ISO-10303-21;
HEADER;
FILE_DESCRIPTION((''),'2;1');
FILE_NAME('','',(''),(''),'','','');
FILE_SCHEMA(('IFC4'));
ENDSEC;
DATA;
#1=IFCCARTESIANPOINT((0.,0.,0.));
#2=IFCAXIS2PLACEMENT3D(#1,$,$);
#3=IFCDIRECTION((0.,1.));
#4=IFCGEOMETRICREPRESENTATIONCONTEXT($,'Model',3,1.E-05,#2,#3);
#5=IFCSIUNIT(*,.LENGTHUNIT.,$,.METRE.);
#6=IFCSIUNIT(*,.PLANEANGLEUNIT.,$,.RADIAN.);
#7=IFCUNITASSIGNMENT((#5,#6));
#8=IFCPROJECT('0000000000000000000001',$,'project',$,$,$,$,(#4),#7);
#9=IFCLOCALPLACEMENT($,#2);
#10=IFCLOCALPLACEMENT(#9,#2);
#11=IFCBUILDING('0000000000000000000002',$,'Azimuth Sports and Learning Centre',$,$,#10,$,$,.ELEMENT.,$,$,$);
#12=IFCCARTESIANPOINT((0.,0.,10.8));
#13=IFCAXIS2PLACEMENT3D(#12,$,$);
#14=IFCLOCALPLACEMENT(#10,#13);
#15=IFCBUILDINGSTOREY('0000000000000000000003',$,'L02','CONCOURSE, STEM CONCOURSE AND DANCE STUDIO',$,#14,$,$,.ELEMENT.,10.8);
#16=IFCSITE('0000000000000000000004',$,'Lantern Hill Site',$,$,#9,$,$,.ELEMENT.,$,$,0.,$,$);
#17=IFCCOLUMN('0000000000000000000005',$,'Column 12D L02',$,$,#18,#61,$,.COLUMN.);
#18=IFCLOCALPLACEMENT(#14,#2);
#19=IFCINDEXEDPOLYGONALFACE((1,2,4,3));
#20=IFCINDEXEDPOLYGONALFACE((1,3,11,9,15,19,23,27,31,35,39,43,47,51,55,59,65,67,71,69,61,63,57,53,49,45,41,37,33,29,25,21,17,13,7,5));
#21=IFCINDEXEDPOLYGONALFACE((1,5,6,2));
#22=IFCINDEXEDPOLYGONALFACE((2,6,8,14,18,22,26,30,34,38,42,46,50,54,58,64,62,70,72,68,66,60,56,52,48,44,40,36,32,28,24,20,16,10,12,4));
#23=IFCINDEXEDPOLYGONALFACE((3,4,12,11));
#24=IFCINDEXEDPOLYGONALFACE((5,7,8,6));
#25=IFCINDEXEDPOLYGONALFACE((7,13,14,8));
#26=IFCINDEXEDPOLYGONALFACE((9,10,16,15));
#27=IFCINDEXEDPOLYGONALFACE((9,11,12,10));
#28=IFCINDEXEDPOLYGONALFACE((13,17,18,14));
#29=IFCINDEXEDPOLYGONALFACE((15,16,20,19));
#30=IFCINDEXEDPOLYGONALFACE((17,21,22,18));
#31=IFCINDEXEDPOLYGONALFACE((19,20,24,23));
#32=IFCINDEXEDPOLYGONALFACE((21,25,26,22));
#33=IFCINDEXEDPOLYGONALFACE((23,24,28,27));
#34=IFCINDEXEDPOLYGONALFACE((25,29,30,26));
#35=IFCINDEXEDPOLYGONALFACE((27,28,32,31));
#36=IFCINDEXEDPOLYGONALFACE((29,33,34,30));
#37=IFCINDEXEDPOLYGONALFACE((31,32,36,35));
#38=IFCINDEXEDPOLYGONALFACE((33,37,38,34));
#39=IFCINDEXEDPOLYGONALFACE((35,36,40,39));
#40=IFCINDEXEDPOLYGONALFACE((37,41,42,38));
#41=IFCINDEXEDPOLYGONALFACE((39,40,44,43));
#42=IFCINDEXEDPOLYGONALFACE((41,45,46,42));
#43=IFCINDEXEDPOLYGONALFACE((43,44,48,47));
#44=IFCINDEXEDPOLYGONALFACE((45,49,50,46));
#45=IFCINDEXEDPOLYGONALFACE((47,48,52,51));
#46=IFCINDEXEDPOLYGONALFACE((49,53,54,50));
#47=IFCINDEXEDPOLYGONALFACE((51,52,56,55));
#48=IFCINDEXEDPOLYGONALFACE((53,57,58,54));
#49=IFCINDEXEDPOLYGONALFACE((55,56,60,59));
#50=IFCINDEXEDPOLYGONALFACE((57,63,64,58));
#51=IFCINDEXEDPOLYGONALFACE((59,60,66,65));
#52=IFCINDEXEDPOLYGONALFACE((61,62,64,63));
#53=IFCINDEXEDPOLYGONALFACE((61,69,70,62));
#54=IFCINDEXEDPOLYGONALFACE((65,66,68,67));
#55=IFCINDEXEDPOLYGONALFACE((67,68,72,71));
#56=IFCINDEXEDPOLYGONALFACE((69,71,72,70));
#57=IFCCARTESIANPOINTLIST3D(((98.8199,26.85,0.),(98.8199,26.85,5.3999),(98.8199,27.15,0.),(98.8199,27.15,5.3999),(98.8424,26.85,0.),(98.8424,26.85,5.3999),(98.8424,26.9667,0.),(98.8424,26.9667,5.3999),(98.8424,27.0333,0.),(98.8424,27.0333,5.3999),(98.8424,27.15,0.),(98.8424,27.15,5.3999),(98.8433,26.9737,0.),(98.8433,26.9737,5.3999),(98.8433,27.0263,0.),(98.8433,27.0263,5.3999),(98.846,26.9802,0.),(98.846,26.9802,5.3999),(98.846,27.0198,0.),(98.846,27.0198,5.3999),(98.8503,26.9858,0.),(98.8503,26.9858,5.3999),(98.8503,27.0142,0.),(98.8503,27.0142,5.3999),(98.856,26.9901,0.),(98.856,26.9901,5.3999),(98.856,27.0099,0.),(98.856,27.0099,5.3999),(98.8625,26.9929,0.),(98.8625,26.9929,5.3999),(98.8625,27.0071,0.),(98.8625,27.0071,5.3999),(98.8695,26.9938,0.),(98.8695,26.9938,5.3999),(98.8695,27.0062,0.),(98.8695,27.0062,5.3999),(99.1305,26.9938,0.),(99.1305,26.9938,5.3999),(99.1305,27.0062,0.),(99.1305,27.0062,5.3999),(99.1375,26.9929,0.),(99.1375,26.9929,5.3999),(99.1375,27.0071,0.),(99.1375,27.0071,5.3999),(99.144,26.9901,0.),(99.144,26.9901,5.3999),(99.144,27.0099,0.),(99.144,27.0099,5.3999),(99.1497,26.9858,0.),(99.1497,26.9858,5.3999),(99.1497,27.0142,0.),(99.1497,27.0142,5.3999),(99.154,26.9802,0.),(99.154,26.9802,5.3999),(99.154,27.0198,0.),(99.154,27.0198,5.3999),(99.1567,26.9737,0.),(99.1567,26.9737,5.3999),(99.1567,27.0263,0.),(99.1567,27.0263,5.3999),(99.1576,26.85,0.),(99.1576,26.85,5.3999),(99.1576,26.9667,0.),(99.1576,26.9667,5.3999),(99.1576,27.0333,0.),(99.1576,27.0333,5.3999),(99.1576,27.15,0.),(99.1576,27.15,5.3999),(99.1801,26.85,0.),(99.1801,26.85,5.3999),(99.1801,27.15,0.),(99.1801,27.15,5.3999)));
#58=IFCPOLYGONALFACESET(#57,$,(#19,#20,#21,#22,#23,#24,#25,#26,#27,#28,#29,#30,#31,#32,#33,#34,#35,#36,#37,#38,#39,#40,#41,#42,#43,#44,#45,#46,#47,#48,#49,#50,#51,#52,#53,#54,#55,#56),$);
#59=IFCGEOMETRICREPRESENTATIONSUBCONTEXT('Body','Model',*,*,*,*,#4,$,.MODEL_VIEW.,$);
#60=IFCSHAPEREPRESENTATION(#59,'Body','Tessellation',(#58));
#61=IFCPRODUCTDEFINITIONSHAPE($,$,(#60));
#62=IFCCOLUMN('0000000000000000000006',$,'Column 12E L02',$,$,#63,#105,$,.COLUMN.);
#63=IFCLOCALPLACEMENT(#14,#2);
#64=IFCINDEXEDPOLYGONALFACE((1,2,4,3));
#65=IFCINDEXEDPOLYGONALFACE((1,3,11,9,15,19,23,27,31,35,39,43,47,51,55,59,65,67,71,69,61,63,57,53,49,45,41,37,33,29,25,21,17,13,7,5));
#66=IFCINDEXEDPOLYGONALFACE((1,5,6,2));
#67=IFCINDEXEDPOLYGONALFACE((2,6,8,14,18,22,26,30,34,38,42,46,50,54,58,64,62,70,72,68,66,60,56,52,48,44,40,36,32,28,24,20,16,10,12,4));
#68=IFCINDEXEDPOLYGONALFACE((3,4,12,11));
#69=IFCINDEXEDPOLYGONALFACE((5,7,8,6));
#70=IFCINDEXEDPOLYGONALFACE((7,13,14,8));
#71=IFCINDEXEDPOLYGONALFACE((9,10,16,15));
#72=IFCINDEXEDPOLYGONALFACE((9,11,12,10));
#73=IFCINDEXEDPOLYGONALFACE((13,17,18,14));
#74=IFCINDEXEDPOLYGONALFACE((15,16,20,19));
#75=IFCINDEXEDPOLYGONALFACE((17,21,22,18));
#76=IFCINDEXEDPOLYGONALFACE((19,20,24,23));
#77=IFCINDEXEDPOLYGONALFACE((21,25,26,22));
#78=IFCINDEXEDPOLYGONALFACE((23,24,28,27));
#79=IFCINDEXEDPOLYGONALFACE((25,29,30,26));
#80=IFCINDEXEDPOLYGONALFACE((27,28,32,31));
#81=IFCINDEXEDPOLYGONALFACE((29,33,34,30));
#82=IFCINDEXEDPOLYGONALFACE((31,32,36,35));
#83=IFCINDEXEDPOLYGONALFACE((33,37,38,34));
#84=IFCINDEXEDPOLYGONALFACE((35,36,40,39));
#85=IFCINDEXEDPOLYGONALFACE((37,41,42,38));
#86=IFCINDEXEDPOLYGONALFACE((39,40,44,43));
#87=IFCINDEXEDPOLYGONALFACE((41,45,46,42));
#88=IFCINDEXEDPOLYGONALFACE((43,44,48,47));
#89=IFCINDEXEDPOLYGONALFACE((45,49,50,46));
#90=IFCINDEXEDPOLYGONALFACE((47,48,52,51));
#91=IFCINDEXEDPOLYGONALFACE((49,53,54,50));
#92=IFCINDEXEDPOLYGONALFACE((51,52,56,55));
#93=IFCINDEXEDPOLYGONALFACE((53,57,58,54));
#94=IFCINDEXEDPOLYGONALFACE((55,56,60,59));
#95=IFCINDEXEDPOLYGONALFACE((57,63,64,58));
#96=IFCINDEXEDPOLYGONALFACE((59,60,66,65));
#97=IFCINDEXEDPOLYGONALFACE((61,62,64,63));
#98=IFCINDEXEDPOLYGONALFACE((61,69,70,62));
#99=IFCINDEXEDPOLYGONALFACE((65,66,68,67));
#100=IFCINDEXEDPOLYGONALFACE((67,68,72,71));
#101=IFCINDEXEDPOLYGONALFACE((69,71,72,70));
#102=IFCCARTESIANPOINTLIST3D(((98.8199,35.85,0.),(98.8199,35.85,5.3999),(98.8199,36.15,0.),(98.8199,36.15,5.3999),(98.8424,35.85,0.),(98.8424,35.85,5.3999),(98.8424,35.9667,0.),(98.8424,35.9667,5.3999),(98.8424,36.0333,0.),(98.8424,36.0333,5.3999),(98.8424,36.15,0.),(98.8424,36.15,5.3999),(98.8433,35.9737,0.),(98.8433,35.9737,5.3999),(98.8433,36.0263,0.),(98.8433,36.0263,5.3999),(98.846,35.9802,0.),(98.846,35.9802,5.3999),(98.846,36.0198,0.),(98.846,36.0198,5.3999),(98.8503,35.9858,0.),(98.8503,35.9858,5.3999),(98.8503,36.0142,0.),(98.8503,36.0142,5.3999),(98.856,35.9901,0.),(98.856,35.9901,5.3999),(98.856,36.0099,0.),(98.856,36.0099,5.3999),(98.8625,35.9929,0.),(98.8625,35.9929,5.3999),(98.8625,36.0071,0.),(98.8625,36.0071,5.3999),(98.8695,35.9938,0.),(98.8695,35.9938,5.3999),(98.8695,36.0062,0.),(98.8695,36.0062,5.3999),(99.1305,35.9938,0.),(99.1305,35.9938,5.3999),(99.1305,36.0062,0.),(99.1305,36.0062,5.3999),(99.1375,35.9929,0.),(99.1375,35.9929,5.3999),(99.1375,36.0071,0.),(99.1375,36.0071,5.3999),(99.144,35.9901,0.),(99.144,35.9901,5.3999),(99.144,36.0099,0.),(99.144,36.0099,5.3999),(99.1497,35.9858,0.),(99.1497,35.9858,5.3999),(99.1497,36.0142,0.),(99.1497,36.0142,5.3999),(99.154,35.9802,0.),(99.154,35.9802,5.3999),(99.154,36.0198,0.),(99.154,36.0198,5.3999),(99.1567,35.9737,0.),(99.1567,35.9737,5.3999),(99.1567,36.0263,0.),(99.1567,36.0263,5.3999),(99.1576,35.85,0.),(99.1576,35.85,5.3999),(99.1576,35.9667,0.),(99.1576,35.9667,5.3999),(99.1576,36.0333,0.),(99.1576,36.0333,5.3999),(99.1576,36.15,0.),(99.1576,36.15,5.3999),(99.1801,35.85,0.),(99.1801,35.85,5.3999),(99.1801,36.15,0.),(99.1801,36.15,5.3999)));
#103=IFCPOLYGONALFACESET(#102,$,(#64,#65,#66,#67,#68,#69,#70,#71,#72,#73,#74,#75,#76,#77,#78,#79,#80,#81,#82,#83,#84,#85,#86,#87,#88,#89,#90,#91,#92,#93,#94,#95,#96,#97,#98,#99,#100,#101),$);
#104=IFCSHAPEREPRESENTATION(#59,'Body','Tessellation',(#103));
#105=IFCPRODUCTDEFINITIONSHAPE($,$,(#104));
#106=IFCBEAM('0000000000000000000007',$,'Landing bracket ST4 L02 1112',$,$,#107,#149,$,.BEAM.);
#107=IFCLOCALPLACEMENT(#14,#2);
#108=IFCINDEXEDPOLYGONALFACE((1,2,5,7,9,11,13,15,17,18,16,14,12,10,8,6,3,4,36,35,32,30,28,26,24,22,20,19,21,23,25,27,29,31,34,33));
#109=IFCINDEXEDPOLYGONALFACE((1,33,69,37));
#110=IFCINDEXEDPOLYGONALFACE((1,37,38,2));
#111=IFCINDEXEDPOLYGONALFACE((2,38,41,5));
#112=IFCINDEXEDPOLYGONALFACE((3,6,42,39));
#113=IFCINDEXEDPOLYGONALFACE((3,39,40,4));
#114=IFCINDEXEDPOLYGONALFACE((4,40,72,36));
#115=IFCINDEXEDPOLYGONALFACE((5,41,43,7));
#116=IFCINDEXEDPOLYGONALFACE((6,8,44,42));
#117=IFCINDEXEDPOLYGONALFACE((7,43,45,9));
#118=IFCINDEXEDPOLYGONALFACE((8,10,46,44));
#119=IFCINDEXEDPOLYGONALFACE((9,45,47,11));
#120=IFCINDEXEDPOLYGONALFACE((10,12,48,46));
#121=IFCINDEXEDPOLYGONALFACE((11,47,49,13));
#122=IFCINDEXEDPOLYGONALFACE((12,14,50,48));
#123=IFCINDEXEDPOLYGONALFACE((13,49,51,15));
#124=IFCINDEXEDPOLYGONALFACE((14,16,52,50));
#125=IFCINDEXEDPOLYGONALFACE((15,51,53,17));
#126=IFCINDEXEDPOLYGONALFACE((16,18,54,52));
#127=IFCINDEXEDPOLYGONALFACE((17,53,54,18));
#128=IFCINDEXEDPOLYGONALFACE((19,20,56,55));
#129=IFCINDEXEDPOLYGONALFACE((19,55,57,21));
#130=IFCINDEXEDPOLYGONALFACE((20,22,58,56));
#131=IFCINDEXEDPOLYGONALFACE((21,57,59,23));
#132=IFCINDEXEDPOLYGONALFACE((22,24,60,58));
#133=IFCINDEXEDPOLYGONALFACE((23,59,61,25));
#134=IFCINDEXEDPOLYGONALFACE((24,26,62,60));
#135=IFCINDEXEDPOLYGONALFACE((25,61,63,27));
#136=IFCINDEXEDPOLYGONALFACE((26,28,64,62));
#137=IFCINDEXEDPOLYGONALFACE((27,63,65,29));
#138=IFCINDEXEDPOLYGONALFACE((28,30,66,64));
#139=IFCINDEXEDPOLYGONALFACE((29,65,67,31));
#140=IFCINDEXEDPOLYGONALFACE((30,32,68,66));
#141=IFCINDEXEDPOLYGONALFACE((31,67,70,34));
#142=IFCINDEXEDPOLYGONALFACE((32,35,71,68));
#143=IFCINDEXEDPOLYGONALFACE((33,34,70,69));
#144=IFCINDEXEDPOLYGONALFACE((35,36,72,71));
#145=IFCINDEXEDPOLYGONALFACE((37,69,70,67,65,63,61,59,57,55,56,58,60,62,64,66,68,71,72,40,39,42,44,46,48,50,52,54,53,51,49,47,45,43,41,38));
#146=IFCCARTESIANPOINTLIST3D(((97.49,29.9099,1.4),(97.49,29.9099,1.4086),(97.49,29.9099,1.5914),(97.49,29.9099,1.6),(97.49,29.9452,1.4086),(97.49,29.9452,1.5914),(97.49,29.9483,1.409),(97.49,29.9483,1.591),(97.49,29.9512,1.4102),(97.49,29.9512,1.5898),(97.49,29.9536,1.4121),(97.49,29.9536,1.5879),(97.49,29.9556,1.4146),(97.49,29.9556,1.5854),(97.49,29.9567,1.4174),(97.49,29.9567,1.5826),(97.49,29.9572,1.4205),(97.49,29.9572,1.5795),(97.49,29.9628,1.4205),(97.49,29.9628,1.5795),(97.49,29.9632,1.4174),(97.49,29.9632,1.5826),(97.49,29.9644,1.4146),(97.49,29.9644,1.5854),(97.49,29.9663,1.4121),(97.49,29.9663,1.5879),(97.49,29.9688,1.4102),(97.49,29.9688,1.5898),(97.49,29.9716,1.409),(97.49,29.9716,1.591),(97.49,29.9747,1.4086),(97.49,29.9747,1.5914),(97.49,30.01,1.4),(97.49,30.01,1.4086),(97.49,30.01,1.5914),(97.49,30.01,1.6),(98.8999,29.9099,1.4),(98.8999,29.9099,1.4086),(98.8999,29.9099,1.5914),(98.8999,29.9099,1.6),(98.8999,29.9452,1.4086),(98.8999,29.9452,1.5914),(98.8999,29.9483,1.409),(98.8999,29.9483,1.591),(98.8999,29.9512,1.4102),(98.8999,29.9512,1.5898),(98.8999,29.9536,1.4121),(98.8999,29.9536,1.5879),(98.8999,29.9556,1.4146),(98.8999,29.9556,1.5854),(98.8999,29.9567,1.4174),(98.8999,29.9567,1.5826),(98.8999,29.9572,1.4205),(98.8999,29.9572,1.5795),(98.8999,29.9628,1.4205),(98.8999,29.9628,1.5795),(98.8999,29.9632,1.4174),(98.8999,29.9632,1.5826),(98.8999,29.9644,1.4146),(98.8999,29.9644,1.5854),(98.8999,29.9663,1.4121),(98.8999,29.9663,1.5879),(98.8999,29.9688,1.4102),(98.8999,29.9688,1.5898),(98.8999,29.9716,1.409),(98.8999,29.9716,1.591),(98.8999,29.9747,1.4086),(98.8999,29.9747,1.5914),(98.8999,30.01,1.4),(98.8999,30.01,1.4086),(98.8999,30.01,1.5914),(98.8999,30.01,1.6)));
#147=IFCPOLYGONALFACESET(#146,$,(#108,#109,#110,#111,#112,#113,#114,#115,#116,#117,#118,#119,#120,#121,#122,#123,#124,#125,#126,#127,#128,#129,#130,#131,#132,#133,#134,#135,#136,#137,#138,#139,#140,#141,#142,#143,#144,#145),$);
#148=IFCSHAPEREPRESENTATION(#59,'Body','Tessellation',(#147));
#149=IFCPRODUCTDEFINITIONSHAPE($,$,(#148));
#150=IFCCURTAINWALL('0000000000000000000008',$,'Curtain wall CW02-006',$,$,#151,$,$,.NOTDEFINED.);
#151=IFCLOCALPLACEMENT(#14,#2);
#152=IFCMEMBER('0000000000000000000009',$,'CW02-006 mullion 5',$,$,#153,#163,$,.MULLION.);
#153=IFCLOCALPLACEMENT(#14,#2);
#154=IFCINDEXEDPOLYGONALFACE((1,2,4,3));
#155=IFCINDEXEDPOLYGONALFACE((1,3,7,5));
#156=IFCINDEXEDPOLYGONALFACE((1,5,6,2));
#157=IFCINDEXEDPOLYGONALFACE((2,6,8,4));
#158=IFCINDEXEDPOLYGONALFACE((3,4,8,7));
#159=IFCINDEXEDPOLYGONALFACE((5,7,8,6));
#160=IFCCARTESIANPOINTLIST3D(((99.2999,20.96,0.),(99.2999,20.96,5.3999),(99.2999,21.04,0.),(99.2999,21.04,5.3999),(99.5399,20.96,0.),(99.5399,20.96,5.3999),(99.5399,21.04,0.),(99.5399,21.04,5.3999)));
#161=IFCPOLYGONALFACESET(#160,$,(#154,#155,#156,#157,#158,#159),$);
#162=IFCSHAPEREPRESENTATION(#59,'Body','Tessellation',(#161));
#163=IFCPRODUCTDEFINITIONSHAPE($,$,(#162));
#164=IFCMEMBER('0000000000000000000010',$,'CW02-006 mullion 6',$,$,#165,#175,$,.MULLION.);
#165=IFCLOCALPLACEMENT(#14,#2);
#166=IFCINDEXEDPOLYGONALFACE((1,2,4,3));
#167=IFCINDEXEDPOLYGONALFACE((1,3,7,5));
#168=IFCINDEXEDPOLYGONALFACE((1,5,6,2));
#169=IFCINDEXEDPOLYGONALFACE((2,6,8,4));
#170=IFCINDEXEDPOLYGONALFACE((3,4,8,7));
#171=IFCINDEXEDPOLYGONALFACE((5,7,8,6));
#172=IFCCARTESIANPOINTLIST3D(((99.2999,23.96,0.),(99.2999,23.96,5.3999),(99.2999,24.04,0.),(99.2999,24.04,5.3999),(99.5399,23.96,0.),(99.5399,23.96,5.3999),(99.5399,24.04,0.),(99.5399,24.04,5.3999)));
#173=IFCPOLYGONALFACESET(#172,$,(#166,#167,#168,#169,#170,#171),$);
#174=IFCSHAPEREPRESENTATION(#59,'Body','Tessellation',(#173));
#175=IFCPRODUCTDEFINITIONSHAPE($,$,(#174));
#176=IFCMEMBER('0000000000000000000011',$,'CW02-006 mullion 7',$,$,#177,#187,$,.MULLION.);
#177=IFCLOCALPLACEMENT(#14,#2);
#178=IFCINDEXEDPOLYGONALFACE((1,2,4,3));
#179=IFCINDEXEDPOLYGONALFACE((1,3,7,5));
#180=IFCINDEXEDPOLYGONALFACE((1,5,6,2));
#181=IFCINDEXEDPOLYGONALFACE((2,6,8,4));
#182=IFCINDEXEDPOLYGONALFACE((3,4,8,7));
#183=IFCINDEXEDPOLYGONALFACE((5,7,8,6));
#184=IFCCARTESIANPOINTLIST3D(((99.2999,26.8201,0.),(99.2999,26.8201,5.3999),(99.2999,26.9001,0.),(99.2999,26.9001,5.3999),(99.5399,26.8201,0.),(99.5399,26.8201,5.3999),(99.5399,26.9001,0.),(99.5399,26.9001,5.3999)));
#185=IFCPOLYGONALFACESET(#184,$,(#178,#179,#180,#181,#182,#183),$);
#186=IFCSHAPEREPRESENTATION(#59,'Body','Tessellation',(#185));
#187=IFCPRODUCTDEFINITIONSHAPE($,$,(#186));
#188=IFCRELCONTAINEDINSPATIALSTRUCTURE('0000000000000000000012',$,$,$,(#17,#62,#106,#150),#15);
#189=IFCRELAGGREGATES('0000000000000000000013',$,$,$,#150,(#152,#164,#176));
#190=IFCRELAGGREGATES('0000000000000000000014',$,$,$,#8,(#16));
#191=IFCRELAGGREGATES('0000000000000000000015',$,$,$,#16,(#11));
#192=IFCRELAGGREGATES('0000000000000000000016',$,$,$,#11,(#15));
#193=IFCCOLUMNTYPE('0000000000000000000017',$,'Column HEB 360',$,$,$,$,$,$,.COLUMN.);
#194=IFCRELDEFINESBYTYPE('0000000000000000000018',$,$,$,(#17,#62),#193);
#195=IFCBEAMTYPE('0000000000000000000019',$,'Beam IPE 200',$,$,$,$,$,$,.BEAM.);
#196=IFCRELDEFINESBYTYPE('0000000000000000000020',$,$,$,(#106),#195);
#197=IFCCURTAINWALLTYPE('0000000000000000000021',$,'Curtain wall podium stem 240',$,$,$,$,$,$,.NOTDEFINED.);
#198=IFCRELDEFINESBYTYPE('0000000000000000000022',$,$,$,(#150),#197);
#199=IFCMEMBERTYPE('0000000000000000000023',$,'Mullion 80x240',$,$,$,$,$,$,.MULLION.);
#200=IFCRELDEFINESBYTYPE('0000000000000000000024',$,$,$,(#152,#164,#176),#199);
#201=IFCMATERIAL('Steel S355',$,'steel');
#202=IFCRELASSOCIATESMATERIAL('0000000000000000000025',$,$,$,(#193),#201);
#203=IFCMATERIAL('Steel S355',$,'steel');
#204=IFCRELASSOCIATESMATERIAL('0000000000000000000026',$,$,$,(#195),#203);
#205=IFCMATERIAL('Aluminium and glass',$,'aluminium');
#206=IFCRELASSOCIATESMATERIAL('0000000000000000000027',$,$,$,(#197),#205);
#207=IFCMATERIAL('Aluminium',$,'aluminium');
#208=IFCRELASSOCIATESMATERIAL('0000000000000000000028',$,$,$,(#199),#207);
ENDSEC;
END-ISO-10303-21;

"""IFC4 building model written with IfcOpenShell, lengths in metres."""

from ifc_helpers import new_model, si_unit, direction, frame, origin, origin_2d, place, context, subcontext, project, spatial, rectangle, i_section, extrude, material, material_profile, profile_set, type_object, element, aggregate, save


model = new_model("IFC4")

# Units and contexts
model_context = context("Model", 3, precision=1e-05, world=origin(), true_north=direction((0.0, 1.0)))
body_context = subcontext(model_context, "Body", "Model", "MODEL_VIEW")
ifc_project = project(units=[si_unit("LENGTHUNIT", "METRE"), si_unit("PLANEANGLEUNIT", "RADIAN")], contexts=[model_context])

# Site, building, storey
site_placement = place(None, origin())
site = spatial("IfcSite", under=ifc_project, at=site_placement, Name="Lantern Hill Site", CompositionType="ELEMENT", RefElevation=0.0)
building_placement = place(site_placement, origin())
building = spatial("IfcBuilding", under=site, at=building_placement, Name="Azimuth Sports and Learning Centre", CompositionType="ELEMENT")
storey_placement = place(building_placement, frame((0.0, 0.0, 10.8)))
storey = spatial("IfcBuildingStorey", under=building, at=storey_placement, Name="L02", Description="CONCOURSE, STEM CONCOURSE AND DANCE STUDIO", CompositionType="ELEMENT", Elevation=10.8)

# Columns
ifc_material_1 = material(Name="Steel S355", Category="steel")
ifc_material_profile_1 = material_profile(ifc_material_1, i_section(OverallWidth=0.3, OverallDepth=0.3601, WebThickness=0.0125, FlangeThickness=0.0225, FilletRadius=0.0271, at=origin_2d()), Name="HEB 360")
ifc_profile_set_1 = profile_set([ifc_material_profile_1], Name="Steel S355")
column_type = type_object("IfcColumnType", Name="Column HEB 360", PredefinedType="COLUMN", material=ifc_profile_set_1)
for number, where, z_axis, x_axis, name in (
    (1, (99.0, 27.0, 0.0), (0.0, 0.0, 1.0), (0.0, 1.0, 0.0), "Column 12D L02"),
    (2, (99.0, 36.0, 0.0), (0.0, 0.0, 1.0), (0.0, 1.0, 0.0), "Column 12E L02"),
):
    element("IfcColumn", number, at=place(storey_placement, frame(where, z_axis=z_axis, x_axis=x_axis)), inside=storey, type_object=column_type, Name=name, PredefinedType="COLUMN", context=body_context, shape_type="SweptSolid", body=[
        extrude(i_section(OverallWidth=0.3, OverallDepth=0.3601, WebThickness=0.0125, FlangeThickness=0.0225, FilletRadius=0.0271, at=origin_2d()), origin(), (0.0, 0.0, 1.0), 5.3999),
    ])

# Beam
ifc_material_2 = material(Name="Steel S355", Category="steel")
ifc_material_profile_2 = material_profile(ifc_material_2, i_section(OverallWidth=0.1001, OverallDepth=0.2, WebThickness=0.0056, FlangeThickness=0.0085, FilletRadius=0.012, at=origin_2d()), Name="IPE 200")
ifc_profile_set_2 = profile_set([ifc_material_profile_2], Name="Steel S355")
beam_type = type_object("IfcBeamType", Name="Beam IPE 200", PredefinedType="BEAM", material=ifc_profile_set_2)
beam_placement = place(storey_placement, frame((98.8999, 29.96, 1.5), z_axis=(-1.0, 0.0, 0.0), x_axis=(0.0, -1.0, 0.0)))
element("IfcBeam", 3, at=beam_placement, inside=storey, type_object=beam_type, Name="Landing bracket ST4 L02 1112", PredefinedType="BEAM", context=body_context, shape_type="SweptSolid", body=[
    extrude(i_section(OverallWidth=0.1001, OverallDepth=0.2, WebThickness=0.0056, FlangeThickness=0.0085, FilletRadius=0.012, at=origin_2d()), origin(), (0.0, 0.0, 1.0), 1.4099),
])

# Curtain wall, members
ifc_material_3 = material(Name="Aluminium and glass", Category="aluminium")
curtain_wall_type = type_object("IfcCurtainWallType", Name="Curtain wall podium stem 240", PredefinedType="NOTDEFINED", material=ifc_material_3)
curtain_wall_placement = place(storey_placement, origin())
curtain_wall = element("IfcCurtainWall", 4, at=curtain_wall_placement, inside=storey, type_object=curtain_wall_type, Name="Curtain wall CW02-006", PredefinedType="NOTDEFINED")
ifc_material_4 = material(Name="Aluminium", Category="aluminium")
ifc_material_profile_3 = material_profile(ifc_material_4, rectangle(XDim=0.24, YDim=0.0801, at=origin_2d()), Name="Mullion 80x240")
ifc_profile_set_3 = profile_set([ifc_material_profile_3], Name="Aluminium")
member_type_1 = type_object("IfcMemberType", Name="Mullion 80x240", PredefinedType="MULLION", material=ifc_profile_set_3)
member_1_placement = place(storey_placement, frame((99.4199, 21.0, 0.0), z_axis=(0.0, 0.0, 1.0), x_axis=(-1.0, 0.0, 0.0)))
member_1 = element("IfcMember", 5, at=member_1_placement, type_object=member_type_1, Name="CW02-006 mullion 5", PredefinedType="MULLION", context=body_context, shape_type="SweptSolid", body=[
    extrude(rectangle(XDim=0.24, YDim=0.0801, at=origin_2d()), origin(), (0.0, 0.0, 1.0), 5.3999),
])
member_2_placement = place(storey_placement, frame((99.4199, 24.0, 0.0), z_axis=(0.0, 0.0, 1.0), x_axis=(-1.0, 0.0, 0.0)))
member_2 = element("IfcMember", 6, at=member_2_placement, type_object=member_type_1, Name="CW02-006 mullion 6", PredefinedType="MULLION", context=body_context, shape_type="SweptSolid", body=[
    extrude(rectangle(XDim=0.24, YDim=0.0801, at=origin_2d()), origin(), (0.0, 0.0, 1.0), 5.3999),
])
member_3_placement = place(storey_placement, frame((99.4199, 26.8601, 0.0), z_axis=(0.0, 0.0, 1.0), x_axis=(-1.0, 0.0, 0.0)))
member_3 = element("IfcMember", 7, at=member_3_placement, type_object=member_type_1, Name="CW02-006 mullion 7", PredefinedType="MULLION", context=body_context, shape_type="SweptSolid", body=[
    extrude(rectangle(XDim=0.24, YDim=0.0801, at=origin_2d()), origin(), (0.0, 0.0, 1.0), 5.3999),
])
aggregate(curtain_wall, [member_1, member_2, member_3])

save(model, "model.ifc")
